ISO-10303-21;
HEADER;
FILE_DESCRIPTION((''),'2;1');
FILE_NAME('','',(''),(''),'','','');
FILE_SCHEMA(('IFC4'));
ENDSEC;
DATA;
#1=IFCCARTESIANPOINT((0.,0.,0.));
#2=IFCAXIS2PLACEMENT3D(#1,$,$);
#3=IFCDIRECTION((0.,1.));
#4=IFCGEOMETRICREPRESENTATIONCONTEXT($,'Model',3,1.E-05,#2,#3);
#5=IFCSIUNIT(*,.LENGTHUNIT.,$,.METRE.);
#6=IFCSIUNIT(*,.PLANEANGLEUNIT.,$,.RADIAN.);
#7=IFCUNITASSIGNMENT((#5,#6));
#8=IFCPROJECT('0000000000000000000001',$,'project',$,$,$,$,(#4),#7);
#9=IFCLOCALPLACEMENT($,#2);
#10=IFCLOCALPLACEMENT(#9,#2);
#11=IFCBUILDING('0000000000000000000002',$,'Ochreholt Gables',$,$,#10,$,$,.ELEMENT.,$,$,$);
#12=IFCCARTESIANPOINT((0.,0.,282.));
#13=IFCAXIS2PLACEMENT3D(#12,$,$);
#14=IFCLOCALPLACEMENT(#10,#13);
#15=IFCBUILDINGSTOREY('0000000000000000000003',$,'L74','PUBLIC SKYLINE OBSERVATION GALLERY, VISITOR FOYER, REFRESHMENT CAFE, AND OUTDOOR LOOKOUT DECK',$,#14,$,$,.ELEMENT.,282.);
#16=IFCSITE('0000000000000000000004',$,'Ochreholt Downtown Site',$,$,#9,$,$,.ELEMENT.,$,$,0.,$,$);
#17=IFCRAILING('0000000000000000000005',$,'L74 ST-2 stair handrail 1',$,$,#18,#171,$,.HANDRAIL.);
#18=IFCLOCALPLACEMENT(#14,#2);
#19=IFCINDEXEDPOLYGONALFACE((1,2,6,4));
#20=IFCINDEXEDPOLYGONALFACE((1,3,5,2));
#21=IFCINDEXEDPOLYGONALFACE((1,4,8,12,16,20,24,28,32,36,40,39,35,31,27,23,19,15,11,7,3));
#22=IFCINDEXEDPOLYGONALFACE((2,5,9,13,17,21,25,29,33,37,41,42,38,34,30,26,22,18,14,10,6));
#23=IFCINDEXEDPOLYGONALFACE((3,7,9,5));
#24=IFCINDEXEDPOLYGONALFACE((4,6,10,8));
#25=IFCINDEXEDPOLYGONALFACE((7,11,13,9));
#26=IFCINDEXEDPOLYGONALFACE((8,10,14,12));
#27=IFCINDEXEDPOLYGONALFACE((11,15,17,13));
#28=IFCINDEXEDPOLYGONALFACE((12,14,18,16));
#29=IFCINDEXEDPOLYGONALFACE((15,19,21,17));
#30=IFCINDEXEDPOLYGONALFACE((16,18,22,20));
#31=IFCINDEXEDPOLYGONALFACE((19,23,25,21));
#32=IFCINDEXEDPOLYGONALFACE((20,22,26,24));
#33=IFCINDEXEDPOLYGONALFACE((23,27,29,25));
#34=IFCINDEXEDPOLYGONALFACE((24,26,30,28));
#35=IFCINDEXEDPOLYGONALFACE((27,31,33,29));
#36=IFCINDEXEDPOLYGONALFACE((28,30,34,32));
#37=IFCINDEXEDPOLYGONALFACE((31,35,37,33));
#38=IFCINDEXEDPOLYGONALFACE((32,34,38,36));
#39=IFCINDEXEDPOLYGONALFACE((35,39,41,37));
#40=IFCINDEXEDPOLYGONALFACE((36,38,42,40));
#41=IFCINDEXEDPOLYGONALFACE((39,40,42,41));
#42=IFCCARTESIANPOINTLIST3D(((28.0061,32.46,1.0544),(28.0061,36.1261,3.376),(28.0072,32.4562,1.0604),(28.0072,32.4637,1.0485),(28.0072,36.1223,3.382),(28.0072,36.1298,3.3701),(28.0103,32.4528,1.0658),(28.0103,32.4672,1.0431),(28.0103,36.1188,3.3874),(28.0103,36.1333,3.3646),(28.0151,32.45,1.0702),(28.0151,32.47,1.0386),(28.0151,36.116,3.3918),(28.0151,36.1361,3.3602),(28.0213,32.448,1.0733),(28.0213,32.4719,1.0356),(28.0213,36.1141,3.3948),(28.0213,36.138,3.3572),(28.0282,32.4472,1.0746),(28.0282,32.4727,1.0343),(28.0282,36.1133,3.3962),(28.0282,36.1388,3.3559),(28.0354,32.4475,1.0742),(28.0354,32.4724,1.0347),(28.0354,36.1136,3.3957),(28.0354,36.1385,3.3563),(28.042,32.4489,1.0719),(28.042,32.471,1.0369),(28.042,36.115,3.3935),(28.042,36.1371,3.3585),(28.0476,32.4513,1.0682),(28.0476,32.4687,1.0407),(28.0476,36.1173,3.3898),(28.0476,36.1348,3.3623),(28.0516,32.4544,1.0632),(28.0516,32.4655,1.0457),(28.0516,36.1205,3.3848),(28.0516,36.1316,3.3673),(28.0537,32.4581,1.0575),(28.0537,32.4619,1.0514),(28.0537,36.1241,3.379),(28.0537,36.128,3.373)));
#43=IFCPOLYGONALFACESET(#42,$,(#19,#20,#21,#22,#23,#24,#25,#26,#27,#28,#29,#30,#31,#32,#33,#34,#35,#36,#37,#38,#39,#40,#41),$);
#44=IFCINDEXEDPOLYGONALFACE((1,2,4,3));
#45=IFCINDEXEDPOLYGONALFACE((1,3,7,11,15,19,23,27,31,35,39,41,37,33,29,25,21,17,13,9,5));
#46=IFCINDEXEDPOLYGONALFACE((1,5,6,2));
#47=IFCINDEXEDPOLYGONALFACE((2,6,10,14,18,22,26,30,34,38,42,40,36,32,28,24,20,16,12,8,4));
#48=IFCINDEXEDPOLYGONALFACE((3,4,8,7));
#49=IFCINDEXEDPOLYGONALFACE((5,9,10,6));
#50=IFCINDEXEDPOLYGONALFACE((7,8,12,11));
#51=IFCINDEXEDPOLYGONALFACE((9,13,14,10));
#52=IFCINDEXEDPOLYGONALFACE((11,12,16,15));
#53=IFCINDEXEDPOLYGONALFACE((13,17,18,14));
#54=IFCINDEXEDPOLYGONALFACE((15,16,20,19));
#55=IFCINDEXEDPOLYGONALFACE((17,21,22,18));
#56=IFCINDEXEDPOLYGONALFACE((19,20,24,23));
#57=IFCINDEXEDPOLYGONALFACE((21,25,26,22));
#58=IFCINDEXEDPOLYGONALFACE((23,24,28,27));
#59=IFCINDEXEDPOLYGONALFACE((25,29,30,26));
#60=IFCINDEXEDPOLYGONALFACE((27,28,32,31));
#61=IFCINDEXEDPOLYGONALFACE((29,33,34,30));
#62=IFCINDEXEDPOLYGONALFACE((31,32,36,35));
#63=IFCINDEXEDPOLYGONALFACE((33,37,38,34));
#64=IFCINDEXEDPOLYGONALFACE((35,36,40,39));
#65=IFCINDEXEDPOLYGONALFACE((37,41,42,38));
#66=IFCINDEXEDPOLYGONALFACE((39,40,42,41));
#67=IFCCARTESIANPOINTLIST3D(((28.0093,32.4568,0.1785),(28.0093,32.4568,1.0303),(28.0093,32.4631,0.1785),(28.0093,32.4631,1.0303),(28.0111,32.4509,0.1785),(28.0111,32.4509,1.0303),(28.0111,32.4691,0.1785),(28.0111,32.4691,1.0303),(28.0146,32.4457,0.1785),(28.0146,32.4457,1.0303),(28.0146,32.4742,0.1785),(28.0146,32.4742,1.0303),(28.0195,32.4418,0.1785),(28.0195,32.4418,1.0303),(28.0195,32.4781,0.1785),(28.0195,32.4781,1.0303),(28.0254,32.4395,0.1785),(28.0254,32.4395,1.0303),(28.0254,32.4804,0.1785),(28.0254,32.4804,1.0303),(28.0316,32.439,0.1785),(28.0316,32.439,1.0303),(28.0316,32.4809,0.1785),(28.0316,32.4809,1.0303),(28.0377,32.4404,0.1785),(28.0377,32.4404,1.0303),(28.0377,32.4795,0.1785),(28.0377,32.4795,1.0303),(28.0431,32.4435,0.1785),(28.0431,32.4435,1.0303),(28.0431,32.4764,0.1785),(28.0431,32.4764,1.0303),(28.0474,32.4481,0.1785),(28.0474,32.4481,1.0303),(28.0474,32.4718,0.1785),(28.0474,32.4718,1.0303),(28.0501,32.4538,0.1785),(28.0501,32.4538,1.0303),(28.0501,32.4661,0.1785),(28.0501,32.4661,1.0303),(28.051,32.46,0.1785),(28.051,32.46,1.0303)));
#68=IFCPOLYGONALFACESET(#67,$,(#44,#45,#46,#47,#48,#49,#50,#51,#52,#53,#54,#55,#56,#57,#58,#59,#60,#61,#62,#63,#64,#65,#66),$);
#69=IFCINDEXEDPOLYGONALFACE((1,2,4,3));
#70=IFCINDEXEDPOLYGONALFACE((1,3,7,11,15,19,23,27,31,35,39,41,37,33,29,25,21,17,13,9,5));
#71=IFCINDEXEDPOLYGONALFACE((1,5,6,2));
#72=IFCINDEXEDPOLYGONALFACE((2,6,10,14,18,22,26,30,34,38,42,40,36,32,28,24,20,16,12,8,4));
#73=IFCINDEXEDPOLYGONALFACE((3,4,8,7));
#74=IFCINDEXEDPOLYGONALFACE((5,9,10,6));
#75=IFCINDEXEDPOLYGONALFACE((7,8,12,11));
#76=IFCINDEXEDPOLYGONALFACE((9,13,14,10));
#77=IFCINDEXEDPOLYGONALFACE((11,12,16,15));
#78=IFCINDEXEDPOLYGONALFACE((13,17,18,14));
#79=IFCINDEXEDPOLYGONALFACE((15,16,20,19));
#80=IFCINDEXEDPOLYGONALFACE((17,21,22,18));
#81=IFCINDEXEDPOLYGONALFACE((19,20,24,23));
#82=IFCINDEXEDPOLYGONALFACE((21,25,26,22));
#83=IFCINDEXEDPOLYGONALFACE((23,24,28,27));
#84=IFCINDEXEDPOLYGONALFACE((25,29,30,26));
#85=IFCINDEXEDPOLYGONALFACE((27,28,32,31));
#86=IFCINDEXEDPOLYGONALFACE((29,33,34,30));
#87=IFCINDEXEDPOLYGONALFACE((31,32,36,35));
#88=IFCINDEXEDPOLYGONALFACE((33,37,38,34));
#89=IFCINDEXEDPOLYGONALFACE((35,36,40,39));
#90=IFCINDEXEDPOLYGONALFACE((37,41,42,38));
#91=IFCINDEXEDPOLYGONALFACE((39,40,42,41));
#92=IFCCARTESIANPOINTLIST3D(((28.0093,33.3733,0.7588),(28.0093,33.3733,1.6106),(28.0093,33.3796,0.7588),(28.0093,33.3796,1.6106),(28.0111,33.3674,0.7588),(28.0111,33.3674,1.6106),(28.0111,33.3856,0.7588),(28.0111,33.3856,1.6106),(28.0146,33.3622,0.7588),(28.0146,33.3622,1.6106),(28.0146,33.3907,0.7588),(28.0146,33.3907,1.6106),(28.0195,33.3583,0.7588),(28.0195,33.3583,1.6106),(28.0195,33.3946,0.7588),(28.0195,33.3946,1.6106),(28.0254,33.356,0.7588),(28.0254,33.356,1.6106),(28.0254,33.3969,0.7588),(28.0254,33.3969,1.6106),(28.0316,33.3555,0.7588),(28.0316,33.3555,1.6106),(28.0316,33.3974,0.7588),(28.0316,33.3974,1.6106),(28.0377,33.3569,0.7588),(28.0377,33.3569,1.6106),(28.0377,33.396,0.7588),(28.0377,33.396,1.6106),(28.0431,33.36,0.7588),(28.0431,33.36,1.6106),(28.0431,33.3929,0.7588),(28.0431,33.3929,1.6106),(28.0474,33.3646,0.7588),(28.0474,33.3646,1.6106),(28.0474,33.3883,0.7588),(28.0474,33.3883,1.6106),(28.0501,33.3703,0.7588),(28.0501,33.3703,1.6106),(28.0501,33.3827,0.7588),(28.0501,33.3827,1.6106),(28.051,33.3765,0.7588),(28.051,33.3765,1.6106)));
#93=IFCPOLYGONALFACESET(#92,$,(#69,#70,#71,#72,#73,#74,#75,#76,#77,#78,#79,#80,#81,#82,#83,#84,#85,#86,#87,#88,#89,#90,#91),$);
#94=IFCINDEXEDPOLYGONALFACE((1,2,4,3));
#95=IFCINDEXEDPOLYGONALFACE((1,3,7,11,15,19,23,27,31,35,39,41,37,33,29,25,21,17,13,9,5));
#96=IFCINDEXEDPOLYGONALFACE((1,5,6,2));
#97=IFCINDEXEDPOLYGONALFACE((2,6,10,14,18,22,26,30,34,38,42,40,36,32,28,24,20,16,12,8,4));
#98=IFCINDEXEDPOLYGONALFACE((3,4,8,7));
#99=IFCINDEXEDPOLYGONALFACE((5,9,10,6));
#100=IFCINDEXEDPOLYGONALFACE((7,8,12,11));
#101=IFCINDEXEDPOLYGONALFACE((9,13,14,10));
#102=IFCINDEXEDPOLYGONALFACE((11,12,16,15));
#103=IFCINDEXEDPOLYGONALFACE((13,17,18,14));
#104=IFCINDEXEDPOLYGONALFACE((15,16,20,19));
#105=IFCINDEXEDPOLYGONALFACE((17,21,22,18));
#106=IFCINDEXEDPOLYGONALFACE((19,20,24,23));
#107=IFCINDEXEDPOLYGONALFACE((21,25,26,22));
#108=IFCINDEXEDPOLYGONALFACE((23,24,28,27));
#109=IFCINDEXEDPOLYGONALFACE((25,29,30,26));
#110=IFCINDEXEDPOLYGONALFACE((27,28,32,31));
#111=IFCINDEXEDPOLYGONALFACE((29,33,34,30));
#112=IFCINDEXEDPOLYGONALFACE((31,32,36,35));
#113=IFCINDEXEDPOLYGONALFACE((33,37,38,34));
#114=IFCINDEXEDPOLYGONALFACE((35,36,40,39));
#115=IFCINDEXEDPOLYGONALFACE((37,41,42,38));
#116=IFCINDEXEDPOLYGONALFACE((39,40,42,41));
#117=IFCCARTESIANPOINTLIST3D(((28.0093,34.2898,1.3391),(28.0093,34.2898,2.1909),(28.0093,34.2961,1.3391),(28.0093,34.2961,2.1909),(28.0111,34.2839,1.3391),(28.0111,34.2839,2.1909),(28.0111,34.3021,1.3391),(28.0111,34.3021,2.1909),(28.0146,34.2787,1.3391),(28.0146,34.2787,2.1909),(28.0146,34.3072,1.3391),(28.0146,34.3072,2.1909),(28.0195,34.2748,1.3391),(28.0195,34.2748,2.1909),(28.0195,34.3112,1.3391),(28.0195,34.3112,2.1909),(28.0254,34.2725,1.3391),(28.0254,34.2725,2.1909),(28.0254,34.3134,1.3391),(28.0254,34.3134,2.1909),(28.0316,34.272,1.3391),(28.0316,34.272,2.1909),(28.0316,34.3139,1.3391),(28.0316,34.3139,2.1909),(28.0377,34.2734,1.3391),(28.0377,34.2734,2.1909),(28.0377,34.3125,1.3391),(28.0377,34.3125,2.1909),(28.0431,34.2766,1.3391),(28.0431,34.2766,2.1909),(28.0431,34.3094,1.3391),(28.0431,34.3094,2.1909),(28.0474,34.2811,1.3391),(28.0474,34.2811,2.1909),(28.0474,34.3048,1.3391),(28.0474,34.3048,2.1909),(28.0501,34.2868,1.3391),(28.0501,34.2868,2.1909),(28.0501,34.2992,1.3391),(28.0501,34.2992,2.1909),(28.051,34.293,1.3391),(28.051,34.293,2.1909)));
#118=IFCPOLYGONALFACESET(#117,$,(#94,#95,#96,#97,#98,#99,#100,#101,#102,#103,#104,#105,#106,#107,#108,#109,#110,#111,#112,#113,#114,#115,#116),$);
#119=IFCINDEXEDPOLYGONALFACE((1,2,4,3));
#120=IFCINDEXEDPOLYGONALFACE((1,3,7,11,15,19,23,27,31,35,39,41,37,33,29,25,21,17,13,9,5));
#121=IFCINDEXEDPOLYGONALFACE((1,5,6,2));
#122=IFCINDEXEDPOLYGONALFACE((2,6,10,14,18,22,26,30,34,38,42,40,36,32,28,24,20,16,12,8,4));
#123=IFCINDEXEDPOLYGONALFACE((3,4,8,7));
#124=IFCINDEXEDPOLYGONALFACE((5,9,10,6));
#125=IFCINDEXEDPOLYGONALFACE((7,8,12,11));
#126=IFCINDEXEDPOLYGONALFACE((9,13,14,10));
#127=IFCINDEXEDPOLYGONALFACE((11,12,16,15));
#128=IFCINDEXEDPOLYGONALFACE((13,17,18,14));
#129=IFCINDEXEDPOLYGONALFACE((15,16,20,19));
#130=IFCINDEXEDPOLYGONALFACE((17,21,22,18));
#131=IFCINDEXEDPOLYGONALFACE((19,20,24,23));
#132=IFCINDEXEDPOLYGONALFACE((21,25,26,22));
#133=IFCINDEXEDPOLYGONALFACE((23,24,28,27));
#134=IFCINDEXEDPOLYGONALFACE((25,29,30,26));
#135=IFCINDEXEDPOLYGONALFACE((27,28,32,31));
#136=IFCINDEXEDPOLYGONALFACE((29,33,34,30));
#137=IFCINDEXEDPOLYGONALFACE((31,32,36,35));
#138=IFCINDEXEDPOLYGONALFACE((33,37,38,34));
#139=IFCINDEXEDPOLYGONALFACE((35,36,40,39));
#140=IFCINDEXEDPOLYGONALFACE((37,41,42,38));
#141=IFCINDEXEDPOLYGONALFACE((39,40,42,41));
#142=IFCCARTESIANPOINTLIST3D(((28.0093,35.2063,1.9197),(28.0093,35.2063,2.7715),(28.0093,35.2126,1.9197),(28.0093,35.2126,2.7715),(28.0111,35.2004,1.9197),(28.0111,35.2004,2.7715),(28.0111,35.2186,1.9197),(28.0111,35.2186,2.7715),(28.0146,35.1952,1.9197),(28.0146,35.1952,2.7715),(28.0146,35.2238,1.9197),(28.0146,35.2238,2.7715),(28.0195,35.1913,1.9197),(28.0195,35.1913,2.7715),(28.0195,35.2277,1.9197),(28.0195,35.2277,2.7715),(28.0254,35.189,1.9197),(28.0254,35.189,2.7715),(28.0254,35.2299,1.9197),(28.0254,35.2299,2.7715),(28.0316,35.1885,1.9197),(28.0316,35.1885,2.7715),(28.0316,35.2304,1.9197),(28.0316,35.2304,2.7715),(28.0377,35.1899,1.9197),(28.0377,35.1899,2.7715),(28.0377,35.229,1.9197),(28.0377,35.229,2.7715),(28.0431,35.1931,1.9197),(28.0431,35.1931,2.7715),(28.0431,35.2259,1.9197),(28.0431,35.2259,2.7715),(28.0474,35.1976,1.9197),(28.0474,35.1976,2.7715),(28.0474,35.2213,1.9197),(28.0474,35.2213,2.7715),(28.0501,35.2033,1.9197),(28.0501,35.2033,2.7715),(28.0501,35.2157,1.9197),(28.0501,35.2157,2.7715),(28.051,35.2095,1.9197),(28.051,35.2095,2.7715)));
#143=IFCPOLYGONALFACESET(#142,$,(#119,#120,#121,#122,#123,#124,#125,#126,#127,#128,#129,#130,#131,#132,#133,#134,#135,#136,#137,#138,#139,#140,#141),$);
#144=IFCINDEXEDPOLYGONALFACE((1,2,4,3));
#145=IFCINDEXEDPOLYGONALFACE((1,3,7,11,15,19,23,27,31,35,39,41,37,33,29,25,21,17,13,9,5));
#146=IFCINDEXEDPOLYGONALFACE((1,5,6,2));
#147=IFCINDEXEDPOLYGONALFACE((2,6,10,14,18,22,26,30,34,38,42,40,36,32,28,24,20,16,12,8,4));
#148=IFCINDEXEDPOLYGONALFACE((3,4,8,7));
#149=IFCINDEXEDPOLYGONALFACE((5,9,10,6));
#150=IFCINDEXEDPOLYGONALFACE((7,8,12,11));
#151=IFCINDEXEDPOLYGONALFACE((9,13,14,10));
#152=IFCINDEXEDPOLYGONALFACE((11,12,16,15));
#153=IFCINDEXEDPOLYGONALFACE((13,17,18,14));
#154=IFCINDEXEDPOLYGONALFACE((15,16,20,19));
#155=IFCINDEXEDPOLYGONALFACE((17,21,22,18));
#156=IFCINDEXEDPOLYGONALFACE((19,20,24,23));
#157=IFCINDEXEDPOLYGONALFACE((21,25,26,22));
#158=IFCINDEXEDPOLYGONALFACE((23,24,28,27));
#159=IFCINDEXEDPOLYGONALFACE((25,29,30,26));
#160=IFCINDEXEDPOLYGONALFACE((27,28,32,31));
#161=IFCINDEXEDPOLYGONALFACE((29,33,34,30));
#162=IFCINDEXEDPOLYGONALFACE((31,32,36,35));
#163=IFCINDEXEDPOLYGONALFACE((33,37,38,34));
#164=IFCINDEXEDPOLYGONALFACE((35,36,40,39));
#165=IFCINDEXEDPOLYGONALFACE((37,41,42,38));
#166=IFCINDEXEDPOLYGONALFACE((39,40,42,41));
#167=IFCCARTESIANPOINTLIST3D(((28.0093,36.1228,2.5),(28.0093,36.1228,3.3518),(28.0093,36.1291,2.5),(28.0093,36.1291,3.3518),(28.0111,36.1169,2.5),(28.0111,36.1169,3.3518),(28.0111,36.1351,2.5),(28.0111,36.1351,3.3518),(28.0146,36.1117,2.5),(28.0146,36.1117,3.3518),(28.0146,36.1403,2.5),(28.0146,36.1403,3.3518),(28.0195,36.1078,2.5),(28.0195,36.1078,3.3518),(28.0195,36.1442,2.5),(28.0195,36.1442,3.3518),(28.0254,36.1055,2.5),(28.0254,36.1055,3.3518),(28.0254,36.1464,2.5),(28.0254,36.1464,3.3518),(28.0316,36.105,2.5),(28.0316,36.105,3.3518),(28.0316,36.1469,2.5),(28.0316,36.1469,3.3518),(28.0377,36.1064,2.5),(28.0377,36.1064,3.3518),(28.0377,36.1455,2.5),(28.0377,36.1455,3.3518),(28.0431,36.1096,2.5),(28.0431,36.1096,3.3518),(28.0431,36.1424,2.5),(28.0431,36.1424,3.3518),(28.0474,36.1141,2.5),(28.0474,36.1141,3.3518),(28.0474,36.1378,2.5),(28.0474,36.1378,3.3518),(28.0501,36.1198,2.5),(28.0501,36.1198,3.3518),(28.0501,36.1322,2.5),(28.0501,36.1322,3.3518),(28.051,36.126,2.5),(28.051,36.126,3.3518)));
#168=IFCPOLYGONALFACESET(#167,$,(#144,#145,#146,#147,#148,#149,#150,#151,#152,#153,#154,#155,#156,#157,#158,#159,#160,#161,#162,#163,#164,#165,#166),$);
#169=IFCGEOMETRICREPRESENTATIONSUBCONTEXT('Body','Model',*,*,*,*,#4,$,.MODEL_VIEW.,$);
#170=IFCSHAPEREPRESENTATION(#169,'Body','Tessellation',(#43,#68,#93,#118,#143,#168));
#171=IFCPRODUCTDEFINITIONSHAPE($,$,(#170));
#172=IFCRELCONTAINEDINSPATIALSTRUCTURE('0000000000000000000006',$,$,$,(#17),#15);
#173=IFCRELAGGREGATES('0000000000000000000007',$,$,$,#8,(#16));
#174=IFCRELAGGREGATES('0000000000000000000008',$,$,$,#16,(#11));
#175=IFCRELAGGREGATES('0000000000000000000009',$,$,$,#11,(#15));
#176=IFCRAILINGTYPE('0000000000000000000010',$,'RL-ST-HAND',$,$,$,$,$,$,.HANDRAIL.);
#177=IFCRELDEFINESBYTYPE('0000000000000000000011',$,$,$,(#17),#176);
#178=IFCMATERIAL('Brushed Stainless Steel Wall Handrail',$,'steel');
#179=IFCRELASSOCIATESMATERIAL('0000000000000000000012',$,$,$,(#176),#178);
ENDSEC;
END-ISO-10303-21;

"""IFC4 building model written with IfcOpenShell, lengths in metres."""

from ifc_helpers import new_model, si_unit, direction, frame, origin, origin_2d, place, context, subcontext, project, spatial, circle, extrude, material, type_object, element, save


model = new_model("IFC4")

# Units and contexts
model_context = context("Model", 3, precision=1e-05, world=origin(), true_north=direction((0.0, 1.0)))
body_context = subcontext(model_context, "Body", "Model", "MODEL_VIEW")
ifc_project = project(units=[si_unit("LENGTHUNIT", "METRE"), si_unit("PLANEANGLEUNIT", "RADIAN")], contexts=[model_context])

# Site, building, storey
site_placement = place(None, origin())
site = spatial("IfcSite", under=ifc_project, at=site_placement, Name="Ochreholt Downtown Site", CompositionType="ELEMENT", RefElevation=0.0)
building_placement = place(site_placement, origin())
building = spatial("IfcBuilding", under=site, at=building_placement, Name="Ochreholt Gables", CompositionType="ELEMENT")
storey_placement = place(building_placement, frame((0.0, 0.0, 282.0)))
storey = spatial("IfcBuildingStorey", under=building, at=storey_placement, Name="L74", Description="PUBLIC SKYLINE OBSERVATION GALLERY, VISITOR FOYER, REFRESHMENT CAFE, AND OUTDOOR LOOKOUT DECK", CompositionType="ELEMENT", Elevation=282.0)

# Railing
ifc_material_1 = material(Name="Brushed Stainless Steel Wall Handrail", Category="steel")
railing_type_1 = type_object("IfcRailingType", Name="RL-ST-HAND", PredefinedType="HANDRAIL", material=ifc_material_1)
railing_1_placement = place(storey_placement, frame((28.03, 32.46, 0.1785)))
element("IfcRailing", 1, at=railing_1_placement, inside=storey, type_object=railing_type_1, Name="L74 ST-2 stair handrail 1", PredefinedType="HANDRAIL", context=body_context, shape_type="SweptSolid", body=[
    extrude(circle(Radius=0.0239, at=origin_2d()), frame((0.0, 0.0, 0.876), z_axis=(0.0, 0.844848, 0.535007), x_axis=(-1.0, 0.0, 0.0)), (0.0, 0.0, 1.0), 4.3394),
    extrude(circle(Radius=0.021, at=origin_2d()), origin(), (0.0, 0.0, 1.0), 0.8518),
    extrude(circle(Radius=0.021, at=origin_2d()), frame((0.0, 0.9165, 0.5803)), (0.0, 0.0, 1.0), 0.8518),
    extrude(circle(Radius=0.021, at=origin_2d()), frame((0.0, 1.833, 1.1606)), (0.0, 0.0, 1.0), 0.8518),
    extrude(circle(Radius=0.021, at=origin_2d()), frame((0.0, 2.7495, 1.7412)), (0.0, 0.0, 1.0), 0.8518),
    extrude(circle(Radius=0.021, at=origin_2d()), frame((0.0, 3.666, 2.3215)), (0.0, 0.0, 1.0), 0.8518),
])

save(model, "model.ifc")
